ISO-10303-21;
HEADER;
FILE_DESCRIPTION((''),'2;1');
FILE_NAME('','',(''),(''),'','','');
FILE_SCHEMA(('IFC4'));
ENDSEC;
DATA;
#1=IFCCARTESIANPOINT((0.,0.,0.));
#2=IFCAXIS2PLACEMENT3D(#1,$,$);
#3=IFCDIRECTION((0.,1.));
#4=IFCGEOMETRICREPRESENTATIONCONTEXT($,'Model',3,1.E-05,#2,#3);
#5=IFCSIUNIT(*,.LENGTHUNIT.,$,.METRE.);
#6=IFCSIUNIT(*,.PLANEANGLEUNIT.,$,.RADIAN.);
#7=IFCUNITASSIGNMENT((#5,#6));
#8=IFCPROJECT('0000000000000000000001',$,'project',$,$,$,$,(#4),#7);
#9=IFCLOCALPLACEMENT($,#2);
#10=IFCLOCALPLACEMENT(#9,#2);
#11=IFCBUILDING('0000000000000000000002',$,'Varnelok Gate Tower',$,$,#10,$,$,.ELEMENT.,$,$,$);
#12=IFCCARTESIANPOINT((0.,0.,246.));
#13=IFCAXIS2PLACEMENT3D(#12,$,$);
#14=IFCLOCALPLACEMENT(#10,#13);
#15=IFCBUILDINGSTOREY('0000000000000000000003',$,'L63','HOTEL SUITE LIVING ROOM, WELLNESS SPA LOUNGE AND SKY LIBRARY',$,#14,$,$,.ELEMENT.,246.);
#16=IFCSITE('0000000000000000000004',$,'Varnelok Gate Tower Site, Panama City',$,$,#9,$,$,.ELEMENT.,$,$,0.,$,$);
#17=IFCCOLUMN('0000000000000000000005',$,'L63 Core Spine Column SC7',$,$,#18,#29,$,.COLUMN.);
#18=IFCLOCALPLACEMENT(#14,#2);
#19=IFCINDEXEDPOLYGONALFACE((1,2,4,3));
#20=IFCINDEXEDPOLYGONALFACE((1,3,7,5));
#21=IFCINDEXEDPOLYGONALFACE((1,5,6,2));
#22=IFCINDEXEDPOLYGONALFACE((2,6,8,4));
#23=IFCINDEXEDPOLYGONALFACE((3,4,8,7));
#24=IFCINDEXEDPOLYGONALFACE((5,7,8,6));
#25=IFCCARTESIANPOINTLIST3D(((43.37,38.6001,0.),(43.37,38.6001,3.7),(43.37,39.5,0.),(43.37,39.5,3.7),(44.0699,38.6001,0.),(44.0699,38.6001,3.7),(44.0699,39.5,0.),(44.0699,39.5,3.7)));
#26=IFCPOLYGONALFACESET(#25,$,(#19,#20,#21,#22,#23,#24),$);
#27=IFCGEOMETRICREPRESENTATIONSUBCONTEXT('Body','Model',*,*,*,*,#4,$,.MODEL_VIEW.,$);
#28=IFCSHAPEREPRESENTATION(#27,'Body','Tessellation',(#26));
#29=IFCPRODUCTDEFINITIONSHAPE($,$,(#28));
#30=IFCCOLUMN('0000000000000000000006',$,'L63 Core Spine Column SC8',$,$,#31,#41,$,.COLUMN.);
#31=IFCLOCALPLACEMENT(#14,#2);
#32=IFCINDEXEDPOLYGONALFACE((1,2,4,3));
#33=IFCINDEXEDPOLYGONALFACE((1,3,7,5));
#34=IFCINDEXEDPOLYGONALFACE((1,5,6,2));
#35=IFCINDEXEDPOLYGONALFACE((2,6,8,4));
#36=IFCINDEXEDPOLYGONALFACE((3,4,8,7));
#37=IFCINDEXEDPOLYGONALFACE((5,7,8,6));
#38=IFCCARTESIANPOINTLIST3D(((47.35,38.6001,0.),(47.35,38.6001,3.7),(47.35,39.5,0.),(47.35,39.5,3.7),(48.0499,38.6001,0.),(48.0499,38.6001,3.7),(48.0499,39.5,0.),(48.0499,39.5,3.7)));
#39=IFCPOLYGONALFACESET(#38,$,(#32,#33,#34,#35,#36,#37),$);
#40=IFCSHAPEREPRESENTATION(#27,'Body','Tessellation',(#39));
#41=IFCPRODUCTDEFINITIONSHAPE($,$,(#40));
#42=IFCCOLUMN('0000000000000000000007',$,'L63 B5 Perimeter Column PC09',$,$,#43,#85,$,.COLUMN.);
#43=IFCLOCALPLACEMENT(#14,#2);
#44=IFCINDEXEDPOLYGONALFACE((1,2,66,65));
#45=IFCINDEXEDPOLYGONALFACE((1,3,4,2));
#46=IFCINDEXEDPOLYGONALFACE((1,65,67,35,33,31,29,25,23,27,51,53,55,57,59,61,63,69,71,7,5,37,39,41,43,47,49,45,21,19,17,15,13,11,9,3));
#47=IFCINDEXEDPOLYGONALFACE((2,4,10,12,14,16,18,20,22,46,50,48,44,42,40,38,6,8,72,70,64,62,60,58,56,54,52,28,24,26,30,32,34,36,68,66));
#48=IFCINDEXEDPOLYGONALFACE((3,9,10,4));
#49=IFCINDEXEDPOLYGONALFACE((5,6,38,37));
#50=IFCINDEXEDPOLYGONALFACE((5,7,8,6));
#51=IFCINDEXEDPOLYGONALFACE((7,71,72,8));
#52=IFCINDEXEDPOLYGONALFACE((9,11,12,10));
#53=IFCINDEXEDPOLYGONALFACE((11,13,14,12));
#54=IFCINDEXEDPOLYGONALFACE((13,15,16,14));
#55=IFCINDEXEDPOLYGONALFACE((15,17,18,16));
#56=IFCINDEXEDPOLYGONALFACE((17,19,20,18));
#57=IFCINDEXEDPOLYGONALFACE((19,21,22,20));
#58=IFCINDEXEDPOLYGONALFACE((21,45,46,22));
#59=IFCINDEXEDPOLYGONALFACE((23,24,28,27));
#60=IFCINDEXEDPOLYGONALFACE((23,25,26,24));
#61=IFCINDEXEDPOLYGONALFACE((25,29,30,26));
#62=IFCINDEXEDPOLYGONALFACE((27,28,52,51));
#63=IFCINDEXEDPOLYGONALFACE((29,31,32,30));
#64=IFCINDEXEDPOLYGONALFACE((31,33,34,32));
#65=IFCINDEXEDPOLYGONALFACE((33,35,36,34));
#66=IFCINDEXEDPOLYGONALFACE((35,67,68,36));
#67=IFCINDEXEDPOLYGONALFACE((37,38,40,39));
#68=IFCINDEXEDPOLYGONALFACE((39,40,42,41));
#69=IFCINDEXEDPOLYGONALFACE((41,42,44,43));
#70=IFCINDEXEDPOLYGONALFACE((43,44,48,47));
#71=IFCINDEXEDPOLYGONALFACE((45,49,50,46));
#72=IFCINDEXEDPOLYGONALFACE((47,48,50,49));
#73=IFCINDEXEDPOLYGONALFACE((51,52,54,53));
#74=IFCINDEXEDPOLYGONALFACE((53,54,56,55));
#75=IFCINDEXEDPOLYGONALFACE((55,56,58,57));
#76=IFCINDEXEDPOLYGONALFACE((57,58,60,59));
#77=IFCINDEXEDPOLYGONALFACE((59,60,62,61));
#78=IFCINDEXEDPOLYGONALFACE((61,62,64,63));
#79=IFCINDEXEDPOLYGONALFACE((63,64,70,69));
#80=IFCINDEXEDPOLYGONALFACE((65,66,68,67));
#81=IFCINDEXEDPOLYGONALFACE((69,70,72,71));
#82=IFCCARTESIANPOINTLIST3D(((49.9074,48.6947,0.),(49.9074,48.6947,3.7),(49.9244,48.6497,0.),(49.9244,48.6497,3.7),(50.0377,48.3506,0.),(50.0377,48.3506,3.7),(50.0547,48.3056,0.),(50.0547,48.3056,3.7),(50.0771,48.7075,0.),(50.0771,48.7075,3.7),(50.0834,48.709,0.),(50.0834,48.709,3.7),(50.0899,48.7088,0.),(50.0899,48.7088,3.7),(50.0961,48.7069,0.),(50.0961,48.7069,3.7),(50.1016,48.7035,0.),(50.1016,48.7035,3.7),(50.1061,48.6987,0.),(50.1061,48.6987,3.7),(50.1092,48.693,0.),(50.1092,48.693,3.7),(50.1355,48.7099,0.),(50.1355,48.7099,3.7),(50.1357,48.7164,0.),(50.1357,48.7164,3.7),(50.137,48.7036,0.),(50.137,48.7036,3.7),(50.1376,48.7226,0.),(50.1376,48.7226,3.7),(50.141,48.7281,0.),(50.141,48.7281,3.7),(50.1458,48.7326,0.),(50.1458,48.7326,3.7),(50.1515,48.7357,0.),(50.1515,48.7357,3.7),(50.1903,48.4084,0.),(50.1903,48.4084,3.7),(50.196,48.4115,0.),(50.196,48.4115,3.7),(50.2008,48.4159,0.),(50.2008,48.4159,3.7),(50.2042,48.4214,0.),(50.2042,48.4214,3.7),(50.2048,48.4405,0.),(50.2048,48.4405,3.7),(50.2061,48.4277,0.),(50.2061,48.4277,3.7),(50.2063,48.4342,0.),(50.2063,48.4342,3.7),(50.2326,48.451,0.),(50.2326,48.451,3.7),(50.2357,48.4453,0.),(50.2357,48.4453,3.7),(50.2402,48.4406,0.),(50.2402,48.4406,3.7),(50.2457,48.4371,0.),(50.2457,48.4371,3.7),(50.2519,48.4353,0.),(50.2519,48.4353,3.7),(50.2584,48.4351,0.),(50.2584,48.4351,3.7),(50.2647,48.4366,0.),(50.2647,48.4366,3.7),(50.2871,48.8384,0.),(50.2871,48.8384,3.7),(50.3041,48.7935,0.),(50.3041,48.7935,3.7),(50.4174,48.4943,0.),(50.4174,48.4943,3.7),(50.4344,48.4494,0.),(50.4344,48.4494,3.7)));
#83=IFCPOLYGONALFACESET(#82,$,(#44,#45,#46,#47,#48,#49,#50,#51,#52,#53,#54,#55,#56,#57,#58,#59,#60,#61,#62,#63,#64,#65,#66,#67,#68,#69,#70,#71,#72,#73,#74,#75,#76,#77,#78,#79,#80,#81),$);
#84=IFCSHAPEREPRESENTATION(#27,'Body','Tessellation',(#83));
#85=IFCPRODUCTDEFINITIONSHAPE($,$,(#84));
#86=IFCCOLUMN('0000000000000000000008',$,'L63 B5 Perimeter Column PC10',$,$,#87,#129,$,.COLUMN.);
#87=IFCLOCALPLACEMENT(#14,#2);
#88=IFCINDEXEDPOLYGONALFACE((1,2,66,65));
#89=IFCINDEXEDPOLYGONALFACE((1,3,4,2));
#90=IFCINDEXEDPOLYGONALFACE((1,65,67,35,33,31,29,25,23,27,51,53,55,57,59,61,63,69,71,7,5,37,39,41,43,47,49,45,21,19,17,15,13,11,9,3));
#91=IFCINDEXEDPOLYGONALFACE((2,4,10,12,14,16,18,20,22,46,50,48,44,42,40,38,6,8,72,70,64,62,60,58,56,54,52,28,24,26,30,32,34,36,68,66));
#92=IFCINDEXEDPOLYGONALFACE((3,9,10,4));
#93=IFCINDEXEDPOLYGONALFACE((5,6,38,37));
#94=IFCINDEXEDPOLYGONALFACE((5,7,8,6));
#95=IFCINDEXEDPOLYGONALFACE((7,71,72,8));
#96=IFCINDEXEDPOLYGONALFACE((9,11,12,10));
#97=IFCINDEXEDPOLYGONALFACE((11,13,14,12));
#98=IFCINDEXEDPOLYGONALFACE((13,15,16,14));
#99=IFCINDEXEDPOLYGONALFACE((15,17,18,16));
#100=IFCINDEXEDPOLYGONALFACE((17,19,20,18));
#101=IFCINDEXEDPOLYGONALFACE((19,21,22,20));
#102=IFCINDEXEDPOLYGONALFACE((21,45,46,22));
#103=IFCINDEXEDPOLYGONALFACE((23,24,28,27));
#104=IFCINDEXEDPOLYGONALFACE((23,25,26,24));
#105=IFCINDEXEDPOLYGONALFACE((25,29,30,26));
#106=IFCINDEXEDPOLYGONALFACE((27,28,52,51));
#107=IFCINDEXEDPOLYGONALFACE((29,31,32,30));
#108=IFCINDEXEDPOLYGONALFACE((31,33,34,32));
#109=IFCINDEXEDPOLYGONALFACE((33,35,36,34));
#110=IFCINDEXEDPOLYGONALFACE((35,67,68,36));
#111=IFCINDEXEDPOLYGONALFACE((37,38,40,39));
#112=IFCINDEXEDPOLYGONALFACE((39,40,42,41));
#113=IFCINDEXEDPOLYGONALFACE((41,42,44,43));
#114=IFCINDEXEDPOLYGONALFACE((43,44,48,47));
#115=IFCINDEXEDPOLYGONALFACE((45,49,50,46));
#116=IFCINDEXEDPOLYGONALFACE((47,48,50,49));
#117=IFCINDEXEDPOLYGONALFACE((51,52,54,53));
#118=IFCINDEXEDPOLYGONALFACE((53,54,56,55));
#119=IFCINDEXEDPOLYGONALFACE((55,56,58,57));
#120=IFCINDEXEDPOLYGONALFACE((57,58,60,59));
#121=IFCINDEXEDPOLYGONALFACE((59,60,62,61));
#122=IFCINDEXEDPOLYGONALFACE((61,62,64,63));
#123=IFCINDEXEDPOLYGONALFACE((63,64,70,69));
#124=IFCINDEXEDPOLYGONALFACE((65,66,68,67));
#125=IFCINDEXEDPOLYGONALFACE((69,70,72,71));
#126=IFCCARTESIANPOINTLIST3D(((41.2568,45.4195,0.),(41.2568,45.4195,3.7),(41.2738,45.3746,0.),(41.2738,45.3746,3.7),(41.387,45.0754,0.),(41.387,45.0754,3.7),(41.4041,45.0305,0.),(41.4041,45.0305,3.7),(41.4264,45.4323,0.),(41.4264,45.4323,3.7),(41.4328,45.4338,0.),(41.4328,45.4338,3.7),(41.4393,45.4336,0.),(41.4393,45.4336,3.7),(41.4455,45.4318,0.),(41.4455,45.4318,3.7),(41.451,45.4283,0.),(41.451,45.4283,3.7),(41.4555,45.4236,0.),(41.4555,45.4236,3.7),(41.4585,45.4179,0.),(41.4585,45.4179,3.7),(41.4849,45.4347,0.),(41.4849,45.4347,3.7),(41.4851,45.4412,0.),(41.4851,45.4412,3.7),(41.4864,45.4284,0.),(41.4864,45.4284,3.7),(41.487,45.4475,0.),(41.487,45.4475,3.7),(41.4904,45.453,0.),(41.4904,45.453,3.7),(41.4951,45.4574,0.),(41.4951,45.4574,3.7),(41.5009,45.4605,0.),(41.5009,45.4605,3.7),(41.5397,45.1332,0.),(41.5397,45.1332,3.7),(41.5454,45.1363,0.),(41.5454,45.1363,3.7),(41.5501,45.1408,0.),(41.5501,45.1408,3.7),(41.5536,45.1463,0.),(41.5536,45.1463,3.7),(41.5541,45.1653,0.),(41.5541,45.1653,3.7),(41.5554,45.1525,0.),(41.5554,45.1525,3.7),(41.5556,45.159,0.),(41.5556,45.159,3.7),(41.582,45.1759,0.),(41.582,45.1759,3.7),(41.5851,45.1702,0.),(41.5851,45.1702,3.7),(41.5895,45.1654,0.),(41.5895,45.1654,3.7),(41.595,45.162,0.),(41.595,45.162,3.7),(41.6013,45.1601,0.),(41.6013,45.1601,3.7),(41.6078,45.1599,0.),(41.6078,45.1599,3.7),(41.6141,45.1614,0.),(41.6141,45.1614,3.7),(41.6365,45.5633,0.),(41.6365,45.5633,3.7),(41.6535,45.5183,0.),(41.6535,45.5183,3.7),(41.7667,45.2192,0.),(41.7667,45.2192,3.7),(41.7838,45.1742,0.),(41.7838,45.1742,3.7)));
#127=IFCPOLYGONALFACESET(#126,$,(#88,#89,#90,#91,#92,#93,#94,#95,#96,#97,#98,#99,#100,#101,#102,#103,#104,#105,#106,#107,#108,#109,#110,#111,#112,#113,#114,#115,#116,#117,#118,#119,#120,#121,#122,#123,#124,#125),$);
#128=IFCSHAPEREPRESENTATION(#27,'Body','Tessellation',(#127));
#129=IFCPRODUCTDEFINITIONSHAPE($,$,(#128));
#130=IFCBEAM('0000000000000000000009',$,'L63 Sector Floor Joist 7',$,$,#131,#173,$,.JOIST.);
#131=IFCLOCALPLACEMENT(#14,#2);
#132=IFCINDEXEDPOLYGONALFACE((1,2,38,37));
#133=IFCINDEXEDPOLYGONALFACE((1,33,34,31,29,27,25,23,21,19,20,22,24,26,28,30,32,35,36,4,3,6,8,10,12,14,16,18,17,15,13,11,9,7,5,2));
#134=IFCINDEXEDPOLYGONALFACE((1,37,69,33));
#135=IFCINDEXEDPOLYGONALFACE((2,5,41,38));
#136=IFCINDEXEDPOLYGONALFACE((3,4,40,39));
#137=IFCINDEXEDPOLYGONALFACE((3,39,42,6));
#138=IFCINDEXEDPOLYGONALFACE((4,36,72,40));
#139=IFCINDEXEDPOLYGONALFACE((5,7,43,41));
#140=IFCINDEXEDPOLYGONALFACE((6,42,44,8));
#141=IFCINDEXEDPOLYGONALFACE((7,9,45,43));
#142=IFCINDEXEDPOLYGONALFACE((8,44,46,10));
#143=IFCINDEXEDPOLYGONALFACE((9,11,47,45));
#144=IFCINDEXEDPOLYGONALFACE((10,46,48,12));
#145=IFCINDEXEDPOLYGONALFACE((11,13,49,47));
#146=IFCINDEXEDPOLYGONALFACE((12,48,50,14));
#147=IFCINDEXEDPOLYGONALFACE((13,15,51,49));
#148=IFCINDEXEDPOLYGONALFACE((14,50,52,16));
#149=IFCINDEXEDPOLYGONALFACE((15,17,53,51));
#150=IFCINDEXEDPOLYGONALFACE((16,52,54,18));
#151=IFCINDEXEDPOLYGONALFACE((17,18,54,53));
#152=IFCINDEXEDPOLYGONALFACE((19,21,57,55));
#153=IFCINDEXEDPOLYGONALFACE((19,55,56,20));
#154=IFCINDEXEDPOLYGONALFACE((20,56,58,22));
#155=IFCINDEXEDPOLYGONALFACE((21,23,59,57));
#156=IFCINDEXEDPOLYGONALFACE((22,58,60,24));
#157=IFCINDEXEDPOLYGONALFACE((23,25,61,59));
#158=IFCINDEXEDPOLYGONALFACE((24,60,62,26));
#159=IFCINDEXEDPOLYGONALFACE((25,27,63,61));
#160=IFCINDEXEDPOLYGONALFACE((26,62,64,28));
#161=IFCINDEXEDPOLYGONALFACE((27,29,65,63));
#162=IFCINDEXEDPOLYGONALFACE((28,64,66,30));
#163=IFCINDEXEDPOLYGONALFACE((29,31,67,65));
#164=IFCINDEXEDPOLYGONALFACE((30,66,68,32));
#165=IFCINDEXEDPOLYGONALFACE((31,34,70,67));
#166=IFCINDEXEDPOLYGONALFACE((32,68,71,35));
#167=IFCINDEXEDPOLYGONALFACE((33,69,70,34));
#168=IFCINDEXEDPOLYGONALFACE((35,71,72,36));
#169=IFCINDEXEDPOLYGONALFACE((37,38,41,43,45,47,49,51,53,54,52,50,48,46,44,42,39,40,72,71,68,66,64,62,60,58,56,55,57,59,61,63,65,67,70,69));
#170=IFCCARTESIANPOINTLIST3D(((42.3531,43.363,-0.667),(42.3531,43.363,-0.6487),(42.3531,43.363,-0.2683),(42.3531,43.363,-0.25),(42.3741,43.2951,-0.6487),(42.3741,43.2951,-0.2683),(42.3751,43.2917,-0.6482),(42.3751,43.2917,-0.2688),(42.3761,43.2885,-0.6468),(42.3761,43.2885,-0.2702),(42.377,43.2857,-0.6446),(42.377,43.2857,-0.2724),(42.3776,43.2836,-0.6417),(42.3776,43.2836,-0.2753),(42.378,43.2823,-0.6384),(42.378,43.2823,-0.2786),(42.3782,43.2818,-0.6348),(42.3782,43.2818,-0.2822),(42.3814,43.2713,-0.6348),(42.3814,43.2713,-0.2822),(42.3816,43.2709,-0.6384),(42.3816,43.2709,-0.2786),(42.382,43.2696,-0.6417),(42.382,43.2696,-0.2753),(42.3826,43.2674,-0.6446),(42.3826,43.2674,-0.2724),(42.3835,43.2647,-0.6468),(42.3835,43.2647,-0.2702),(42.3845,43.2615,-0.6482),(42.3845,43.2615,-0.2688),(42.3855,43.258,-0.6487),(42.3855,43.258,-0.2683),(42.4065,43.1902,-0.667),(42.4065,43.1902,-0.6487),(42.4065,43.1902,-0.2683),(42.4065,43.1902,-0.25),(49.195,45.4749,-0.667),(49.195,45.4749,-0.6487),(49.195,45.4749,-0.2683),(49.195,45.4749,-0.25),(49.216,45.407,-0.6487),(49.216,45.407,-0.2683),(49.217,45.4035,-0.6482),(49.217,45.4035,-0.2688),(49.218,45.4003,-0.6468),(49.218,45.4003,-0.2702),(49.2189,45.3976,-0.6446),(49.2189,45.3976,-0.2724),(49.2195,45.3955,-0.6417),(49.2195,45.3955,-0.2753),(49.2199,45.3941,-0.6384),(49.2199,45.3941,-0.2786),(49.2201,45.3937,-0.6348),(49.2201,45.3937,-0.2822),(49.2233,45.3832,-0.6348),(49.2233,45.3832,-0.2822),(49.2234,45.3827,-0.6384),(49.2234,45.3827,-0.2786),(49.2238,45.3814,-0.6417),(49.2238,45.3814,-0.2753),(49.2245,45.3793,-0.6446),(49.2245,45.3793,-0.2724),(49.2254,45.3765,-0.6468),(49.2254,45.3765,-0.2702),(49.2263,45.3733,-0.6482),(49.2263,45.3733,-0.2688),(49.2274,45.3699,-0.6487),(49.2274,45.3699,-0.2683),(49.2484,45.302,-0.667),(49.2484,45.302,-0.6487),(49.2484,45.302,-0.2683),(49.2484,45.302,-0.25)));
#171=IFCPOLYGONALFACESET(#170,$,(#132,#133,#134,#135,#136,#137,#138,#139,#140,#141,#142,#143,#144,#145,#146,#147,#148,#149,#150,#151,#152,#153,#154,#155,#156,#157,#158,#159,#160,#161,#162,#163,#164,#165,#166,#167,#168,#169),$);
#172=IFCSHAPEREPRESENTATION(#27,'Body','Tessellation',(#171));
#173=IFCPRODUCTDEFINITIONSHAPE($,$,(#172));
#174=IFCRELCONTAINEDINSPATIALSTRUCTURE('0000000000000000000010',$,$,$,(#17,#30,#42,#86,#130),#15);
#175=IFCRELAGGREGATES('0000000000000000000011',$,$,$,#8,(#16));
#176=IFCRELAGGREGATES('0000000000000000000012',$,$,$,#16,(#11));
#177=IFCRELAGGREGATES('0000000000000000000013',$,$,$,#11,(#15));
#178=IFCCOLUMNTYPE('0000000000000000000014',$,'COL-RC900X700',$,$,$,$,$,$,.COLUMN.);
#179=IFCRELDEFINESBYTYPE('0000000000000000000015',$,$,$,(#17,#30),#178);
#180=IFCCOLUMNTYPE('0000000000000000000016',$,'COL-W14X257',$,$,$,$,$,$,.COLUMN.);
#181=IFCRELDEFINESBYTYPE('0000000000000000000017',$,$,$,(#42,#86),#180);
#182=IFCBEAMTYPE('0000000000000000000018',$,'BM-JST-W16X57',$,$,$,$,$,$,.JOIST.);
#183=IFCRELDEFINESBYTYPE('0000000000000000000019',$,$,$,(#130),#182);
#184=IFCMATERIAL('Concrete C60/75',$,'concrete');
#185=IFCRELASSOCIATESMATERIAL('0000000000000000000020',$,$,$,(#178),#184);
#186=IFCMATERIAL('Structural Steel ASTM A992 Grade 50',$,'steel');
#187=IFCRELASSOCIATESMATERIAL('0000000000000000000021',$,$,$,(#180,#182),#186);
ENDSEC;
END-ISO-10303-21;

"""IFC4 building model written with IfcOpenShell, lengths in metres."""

from ifc_helpers import new_model, si_unit, direction, frame, origin, origin_2d, place, context, subcontext, project, spatial, rectangle, i_section, extrude, material, material_profile, profile_set, type_object, element, save


model = new_model("IFC4")

# Units and contexts
model_context = context("Model", 3, precision=1e-05, world=origin(), true_north=direction((0.0, 1.0)))
body_context = subcontext(model_context, "Body", "Model", "MODEL_VIEW")
ifc_project = project(units=[si_unit("LENGTHUNIT", "METRE"), si_unit("PLANEANGLEUNIT", "RADIAN")], contexts=[model_context])

# Site, building, storey
site_placement = place(None, origin())
site = spatial("IfcSite", under=ifc_project, at=site_placement, Name="Varnelok Gate Tower Site, Panama City", CompositionType="ELEMENT", RefElevation=0.0)
building_placement = place(site_placement, origin())
building = spatial("IfcBuilding", under=site, at=building_placement, Name="Varnelok Gate Tower", CompositionType="ELEMENT")
storey_placement = place(building_placement, frame((0.0, 0.0, 246.0)))
storey = spatial("IfcBuildingStorey", under=building, at=storey_placement, Name="L63", Description="HOTEL SUITE LIVING ROOM, WELLNESS SPA LOUNGE AND SKY LIBRARY", CompositionType="ELEMENT", Elevation=246.0)

# Columns
ifc_material_1 = material(Name="Concrete C60/75", Category="concrete")
ifc_material_profile_1 = material_profile(ifc_material_1, rectangle(XDim=0.7, YDim=0.8999, at=origin_2d()), Name="RC900X700")
ifc_profile_set_1 = profile_set([ifc_material_profile_1], Name="Concrete C60/75")
column_type_1 = type_object("IfcColumnType", Name="COL-RC900X700", PredefinedType="COLUMN", material=ifc_profile_set_1)
for number, where, z_axis, x_axis, name in (
    (1, (43.72, 39.05, 0.0), (0.0, 0.0, 1.0), (1.0, 0.0, 0.0), "L63 Core Spine Column SC7"),
    (2, (47.7, 39.05, 0.0), (0.0, 0.0, 1.0), (1.0, 0.0, 0.0), "L63 Core Spine Column SC8"),
):
    element("IfcColumn", number, at=place(storey_placement, frame(where, z_axis=z_axis, x_axis=x_axis)), inside=storey, type_object=column_type_1, Name=name, PredefinedType="COLUMN", context=body_context, shape_type="SweptSolid", body=[
        extrude(rectangle(XDim=0.7, YDim=0.8999, at=origin_2d()), origin(), (0.0, 0.0, 1.0), 3.7),
    ])
ifc_material_2 = material(Name="Structural Steel ASTM A992 Grade 50", Category="steel")
ifc_material_profile_2 = material_profile(ifc_material_2, i_section(OverallWidth=0.406, OverallDepth=0.416, WebThickness=0.0298, FlangeThickness=0.0481, FilletRadius=0.0249, at=origin_2d()), Name="W14X257")
ifc_profile_set_2 = profile_set([ifc_material_profile_2], Name="Structural Steel ASTM A992 Grade 50")
column_type_2 = type_object("IfcColumnType", Name="COL-W14X257", PredefinedType="COLUMN", material=ifc_profile_set_2)
for number, where, z_axis, x_axis, name in (
    (3, (50.1709, 48.572, 0.0), (0.0, 0.0, 1.0), (0.935222, 0.354063, 0.0), "L63 B5 Perimeter Column PC09"),
    (4, (41.5203, 45.2969, 0.0), (0.0, 0.0, 1.0), (0.935222, 0.354063, 0.0), "L63 B5 Perimeter Column PC10"),
):
    element("IfcColumn", number, at=place(storey_placement, frame(where, z_axis=z_axis, x_axis=x_axis)), inside=storey, type_object=column_type_2, Name=name, PredefinedType="COLUMN", context=body_context, shape_type="SweptSolid", body=[
        extrude(i_section(OverallWidth=0.406, OverallDepth=0.416, WebThickness=0.0298, FlangeThickness=0.0481, FilletRadius=0.0249, at=origin_2d()), origin(), (0.0, 0.0, 1.0), 3.7),
    ])

# Beam
ifc_material_profile_3 = material_profile(ifc_material_2, i_section(OverallWidth=0.1809, OverallDepth=0.417, WebThickness=0.011, FlangeThickness=0.0183, FilletRadius=0.0139, at=origin_2d()), Name="W16X57")
ifc_profile_set_3 = profile_set([ifc_material_profile_3], Name="Structural Steel ASTM A992 Grade 50")
beam_type_1 = type_object("IfcBeamType", Name="BM-JST-W16X57", PredefinedType="JOIST", material=ifc_profile_set_3)
beam_1_placement = place(storey_placement, frame((49.2217, 45.3884, -0.4585), z_axis=(-0.955518, -0.294934, 0.0), x_axis=(0.294934, -0.955518, 0.0)))
element("IfcBeam", 5, at=beam_1_placement, inside=storey, type_object=beam_type_1, Name="L63 Sector Floor Joist 7", PredefinedType="JOIST", context=body_context, shape_type="SweptSolid", body=[
    extrude(i_section(OverallWidth=0.1809, OverallDepth=0.417, WebThickness=0.011, FlangeThickness=0.0183, FilletRadius=0.0139, at=origin_2d()), origin(), (0.0, 0.0, 1.0), 7.1604),
])

save(model, "model.ifc")
